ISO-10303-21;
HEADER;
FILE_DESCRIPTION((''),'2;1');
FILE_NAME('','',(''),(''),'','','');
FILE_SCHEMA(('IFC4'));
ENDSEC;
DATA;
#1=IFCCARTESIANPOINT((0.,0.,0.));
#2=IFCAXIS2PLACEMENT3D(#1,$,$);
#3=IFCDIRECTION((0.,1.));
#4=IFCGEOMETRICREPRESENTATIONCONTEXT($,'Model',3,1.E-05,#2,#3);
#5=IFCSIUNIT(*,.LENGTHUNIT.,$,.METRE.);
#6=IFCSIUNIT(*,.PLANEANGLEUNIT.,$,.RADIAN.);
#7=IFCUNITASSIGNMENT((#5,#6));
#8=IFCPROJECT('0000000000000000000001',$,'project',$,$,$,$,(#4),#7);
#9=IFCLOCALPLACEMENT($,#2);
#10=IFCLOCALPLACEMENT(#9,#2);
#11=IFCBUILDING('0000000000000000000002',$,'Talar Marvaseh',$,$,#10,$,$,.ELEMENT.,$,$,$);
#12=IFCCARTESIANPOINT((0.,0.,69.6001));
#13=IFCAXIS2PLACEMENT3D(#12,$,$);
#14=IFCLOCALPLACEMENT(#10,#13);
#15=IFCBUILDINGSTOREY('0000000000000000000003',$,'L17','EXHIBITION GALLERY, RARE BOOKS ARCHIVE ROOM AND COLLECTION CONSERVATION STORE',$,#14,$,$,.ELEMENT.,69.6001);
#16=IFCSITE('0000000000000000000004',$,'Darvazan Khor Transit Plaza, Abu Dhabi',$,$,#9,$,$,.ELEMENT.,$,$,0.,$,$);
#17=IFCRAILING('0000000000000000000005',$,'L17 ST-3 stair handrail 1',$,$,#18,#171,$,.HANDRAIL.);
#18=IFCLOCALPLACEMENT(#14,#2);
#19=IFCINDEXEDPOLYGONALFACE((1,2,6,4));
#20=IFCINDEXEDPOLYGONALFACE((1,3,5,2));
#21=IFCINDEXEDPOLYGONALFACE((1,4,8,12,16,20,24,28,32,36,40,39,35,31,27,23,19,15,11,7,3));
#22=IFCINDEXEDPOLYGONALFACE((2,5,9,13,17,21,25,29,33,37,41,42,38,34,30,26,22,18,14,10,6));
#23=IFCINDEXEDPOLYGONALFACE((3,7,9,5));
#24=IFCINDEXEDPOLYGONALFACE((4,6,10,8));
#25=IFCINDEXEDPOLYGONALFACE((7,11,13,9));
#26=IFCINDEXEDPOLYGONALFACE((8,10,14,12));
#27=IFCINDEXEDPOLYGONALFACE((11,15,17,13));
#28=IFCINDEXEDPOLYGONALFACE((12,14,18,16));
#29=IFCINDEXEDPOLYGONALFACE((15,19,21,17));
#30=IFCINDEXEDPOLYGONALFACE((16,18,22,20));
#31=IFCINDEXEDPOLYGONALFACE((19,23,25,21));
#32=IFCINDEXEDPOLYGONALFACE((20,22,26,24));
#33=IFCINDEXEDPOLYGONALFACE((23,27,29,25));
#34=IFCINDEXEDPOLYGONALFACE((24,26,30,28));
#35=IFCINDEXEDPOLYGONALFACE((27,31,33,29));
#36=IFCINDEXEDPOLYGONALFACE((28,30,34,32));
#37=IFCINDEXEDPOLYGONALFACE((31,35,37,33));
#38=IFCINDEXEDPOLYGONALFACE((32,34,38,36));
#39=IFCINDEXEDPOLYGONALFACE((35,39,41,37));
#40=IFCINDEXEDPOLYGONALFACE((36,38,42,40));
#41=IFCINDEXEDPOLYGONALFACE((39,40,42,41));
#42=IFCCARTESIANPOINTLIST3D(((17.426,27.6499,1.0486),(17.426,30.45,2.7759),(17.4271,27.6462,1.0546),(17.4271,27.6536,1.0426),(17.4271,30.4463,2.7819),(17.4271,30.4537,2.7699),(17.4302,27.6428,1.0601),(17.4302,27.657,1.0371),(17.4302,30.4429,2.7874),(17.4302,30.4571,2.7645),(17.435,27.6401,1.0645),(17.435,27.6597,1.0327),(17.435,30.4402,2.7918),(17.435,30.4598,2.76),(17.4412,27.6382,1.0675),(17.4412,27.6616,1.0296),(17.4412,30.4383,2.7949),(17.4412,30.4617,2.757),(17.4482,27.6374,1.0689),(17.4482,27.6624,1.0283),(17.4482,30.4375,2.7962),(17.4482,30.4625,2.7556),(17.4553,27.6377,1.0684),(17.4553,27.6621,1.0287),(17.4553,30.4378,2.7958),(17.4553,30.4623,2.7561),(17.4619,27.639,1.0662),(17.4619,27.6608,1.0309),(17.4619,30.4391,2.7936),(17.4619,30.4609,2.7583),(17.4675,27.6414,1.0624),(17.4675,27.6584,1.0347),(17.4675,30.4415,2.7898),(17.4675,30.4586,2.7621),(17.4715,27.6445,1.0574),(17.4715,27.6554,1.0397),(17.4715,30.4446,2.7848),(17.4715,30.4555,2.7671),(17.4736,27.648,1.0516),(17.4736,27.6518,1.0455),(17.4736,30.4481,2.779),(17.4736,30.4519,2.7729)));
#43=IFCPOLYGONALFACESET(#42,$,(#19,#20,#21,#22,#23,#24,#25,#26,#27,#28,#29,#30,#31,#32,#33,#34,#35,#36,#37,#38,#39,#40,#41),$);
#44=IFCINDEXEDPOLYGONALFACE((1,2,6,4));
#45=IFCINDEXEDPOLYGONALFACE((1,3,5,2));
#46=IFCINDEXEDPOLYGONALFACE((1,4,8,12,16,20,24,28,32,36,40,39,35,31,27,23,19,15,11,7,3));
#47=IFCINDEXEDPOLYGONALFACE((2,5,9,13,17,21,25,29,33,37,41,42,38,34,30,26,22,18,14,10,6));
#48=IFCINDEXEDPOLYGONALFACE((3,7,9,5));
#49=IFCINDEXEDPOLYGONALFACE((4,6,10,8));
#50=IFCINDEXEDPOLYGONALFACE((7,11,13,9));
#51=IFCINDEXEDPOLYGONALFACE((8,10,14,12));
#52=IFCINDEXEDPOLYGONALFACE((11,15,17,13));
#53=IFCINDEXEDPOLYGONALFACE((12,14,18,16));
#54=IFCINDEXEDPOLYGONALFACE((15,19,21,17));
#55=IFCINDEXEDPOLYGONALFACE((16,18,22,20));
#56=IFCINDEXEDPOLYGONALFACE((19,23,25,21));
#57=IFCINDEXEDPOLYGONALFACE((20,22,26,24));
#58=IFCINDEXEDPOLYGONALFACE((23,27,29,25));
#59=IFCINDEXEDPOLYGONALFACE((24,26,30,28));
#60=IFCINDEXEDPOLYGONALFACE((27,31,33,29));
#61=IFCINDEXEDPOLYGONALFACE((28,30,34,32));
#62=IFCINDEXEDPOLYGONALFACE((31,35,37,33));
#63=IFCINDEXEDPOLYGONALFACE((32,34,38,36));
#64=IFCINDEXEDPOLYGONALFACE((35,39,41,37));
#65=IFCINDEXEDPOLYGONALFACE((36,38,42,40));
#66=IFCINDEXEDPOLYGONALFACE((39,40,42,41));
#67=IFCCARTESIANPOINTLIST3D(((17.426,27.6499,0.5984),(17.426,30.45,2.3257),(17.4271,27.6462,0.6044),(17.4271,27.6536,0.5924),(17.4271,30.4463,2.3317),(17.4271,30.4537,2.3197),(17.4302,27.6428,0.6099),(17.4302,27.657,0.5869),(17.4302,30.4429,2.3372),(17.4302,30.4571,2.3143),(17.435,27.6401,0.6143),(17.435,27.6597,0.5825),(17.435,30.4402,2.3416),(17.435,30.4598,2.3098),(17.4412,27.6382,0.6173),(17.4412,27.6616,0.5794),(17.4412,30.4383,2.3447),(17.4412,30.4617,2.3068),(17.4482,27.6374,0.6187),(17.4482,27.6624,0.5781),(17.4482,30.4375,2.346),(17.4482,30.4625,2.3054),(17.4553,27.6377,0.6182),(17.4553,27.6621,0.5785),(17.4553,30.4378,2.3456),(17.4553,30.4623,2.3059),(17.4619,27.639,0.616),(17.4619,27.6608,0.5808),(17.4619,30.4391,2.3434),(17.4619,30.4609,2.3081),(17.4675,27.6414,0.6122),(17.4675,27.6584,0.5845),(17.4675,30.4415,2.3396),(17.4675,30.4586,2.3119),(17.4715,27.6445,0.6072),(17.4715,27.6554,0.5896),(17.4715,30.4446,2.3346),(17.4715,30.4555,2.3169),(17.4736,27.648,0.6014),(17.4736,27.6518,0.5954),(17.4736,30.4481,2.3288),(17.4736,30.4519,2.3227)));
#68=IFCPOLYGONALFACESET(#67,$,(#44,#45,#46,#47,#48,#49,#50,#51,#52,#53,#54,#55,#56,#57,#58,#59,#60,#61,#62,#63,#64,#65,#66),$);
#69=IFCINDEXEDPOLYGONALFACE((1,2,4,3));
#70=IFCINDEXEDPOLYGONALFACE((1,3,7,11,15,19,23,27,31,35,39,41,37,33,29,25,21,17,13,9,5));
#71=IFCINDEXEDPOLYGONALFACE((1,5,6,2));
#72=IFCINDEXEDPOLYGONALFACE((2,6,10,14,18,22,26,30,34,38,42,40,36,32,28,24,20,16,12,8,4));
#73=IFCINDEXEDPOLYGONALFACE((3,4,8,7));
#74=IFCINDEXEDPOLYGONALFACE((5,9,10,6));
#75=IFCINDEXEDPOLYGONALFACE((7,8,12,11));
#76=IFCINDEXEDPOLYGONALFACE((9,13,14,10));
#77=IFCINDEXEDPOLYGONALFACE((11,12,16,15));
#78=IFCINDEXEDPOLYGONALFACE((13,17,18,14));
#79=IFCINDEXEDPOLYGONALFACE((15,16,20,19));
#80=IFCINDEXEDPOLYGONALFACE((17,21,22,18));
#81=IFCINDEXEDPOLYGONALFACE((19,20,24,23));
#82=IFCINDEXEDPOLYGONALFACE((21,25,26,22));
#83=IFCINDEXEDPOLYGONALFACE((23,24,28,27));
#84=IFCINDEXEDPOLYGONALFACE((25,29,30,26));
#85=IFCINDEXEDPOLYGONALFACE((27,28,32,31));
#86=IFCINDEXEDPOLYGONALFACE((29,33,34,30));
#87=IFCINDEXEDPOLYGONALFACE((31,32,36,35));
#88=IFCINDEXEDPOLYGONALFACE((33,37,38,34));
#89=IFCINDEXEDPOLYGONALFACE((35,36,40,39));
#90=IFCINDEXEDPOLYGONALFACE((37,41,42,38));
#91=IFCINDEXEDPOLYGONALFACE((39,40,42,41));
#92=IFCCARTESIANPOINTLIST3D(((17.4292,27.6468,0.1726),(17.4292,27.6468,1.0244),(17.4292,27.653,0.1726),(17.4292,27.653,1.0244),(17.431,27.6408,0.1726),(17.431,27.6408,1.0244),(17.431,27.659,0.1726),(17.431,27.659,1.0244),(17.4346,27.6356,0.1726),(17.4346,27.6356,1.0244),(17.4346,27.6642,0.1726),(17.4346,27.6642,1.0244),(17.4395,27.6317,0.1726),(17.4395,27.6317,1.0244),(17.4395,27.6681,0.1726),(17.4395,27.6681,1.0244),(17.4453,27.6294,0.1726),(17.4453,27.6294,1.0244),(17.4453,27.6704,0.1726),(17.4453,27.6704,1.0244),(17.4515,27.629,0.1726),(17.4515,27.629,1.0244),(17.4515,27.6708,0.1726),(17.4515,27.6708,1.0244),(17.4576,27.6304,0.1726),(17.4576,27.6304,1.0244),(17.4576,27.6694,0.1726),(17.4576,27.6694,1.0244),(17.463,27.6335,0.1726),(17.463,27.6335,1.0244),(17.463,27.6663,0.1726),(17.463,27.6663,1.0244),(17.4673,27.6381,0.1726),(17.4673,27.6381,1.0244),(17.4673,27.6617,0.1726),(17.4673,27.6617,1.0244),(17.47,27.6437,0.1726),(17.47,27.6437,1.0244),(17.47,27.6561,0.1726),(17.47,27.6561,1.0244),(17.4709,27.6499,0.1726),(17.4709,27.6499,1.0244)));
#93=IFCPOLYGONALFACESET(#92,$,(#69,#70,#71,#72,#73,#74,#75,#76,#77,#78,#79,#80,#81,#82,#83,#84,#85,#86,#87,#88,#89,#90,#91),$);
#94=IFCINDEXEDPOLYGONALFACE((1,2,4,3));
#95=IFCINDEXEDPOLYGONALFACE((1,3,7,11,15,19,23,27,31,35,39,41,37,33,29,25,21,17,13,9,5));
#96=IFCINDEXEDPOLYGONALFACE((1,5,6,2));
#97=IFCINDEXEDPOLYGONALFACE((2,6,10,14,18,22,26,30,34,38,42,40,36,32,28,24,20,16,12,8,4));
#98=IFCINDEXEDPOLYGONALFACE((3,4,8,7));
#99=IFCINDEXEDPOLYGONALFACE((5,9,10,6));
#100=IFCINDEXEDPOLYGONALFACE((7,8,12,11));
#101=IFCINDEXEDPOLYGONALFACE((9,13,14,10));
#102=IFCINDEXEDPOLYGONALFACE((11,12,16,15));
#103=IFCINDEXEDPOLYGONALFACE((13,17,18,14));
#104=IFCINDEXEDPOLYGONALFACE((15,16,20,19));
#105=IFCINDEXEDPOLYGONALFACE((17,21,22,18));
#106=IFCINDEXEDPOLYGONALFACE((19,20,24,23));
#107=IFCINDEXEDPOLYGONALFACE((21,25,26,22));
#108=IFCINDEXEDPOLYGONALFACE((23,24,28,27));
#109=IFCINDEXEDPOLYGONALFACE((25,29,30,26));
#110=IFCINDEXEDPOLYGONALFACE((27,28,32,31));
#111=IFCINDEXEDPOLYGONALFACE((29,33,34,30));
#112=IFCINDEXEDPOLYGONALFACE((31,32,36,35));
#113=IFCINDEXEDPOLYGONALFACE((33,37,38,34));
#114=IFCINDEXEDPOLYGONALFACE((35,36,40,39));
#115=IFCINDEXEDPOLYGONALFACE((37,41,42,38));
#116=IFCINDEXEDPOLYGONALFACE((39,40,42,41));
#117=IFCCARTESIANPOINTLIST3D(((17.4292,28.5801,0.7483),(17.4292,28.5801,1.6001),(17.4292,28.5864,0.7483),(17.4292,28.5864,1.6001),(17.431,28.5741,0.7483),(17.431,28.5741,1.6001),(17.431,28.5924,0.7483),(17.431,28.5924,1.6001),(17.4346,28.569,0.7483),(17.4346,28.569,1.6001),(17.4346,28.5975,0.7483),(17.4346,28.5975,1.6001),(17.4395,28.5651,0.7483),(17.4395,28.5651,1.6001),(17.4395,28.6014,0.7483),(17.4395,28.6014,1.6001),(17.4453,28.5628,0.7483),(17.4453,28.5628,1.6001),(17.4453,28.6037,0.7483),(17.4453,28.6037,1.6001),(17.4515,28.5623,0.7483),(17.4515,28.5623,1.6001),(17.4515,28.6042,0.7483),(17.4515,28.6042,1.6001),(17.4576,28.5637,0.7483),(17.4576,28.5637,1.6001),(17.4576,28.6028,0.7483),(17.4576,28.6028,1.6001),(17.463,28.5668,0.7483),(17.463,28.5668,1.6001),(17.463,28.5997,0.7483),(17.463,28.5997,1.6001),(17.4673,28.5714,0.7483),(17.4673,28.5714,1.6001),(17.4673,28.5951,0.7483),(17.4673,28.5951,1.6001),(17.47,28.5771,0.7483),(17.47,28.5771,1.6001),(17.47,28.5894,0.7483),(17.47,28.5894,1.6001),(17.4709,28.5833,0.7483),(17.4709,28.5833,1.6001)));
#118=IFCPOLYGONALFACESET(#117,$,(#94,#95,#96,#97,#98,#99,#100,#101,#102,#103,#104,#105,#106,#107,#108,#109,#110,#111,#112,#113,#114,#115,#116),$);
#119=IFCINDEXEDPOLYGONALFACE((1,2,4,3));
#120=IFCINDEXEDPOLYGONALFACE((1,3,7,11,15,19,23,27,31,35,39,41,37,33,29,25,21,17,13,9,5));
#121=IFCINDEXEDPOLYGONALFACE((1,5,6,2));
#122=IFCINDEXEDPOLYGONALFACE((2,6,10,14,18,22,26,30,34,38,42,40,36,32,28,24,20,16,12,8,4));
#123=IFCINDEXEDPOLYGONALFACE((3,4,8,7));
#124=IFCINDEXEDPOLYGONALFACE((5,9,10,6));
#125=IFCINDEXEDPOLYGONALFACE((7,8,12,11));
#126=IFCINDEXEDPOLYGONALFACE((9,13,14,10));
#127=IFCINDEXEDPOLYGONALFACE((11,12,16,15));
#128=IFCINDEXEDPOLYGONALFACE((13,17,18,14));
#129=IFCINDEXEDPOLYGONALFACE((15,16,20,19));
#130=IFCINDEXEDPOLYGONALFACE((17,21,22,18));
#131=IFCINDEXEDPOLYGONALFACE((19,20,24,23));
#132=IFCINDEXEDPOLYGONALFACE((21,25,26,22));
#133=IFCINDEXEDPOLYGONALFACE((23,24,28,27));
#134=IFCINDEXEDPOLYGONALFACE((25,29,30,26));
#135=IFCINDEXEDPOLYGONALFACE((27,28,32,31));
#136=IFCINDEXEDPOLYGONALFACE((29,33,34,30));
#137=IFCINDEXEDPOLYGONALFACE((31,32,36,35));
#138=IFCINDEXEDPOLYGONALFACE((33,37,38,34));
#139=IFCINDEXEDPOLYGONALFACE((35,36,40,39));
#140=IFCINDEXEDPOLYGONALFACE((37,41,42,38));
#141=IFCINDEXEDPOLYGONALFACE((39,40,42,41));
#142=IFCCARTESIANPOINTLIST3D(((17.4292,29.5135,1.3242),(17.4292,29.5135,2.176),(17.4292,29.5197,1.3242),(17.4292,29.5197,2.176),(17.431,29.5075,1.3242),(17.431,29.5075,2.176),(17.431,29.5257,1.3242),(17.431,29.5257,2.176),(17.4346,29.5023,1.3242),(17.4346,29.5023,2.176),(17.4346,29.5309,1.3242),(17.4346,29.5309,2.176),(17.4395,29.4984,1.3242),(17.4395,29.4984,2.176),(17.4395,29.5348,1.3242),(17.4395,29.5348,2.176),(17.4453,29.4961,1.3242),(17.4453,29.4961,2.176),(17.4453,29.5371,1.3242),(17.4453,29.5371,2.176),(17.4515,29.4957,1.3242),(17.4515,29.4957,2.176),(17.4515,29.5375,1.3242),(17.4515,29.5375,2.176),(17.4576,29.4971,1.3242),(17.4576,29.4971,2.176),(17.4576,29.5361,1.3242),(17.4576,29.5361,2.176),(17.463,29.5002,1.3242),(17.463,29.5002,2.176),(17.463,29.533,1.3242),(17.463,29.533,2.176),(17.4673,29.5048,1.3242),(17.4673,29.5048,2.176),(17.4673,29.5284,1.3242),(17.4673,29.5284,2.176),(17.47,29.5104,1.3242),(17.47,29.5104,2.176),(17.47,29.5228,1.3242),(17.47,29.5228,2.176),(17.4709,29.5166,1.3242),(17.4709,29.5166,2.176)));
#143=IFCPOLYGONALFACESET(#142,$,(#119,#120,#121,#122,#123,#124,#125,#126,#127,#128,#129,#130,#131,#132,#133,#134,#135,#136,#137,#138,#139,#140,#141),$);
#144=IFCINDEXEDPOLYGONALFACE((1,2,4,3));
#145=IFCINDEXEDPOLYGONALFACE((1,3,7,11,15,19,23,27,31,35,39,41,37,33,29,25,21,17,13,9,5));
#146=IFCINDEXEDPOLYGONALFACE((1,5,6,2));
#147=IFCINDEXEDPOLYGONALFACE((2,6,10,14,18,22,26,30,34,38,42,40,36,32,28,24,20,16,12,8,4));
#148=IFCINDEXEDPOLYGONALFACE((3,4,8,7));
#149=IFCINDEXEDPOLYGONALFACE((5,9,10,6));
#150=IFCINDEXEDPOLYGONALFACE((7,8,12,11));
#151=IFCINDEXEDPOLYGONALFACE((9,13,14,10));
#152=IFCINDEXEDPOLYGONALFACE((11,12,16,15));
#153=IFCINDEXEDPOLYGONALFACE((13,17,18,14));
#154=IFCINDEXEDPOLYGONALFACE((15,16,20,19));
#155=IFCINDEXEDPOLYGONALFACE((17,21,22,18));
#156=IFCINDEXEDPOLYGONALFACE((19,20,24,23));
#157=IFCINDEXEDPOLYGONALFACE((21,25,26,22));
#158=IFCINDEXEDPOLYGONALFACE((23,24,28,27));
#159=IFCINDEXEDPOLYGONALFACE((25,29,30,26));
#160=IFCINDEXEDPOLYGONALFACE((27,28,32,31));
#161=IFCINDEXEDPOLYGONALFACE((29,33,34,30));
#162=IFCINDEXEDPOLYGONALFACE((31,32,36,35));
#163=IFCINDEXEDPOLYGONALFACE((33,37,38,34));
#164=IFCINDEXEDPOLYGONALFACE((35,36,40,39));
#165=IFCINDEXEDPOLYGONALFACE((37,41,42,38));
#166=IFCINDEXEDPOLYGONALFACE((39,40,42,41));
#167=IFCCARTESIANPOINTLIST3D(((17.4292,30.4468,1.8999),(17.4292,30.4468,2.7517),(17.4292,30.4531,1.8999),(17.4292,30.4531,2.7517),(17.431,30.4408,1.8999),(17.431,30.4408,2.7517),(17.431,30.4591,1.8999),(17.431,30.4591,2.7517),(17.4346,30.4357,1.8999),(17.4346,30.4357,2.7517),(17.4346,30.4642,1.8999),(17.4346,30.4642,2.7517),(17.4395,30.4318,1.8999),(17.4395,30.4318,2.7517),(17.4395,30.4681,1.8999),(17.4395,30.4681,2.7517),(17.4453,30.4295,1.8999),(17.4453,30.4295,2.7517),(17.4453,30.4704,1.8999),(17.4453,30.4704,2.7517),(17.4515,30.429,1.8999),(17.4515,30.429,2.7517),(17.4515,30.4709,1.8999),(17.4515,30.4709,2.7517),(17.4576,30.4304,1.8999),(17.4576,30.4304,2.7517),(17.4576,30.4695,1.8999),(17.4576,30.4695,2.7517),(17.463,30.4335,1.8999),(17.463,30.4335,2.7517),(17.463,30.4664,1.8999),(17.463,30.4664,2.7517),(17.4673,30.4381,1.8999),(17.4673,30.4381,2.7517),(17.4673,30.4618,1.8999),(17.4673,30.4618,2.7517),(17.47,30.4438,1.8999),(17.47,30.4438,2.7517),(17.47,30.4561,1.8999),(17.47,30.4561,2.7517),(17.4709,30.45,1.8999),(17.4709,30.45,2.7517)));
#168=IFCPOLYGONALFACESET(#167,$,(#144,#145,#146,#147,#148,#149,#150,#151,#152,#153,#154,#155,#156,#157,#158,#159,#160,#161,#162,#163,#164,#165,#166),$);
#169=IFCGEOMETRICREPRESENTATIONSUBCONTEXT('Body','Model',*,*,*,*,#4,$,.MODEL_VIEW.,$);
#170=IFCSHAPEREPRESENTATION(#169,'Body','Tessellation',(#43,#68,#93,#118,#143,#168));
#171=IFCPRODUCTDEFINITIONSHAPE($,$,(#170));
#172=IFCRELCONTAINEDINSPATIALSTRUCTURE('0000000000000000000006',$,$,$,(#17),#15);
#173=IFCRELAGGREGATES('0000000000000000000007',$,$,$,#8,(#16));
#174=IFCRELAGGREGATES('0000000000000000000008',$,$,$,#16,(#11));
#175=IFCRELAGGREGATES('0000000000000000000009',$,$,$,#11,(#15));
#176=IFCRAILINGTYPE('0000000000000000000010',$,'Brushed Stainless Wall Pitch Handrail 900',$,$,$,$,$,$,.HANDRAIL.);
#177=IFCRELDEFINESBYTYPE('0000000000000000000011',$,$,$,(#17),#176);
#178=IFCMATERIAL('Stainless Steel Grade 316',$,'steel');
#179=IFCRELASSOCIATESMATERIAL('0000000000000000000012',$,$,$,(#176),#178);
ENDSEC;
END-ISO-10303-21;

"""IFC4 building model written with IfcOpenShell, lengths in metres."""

from ifc_helpers import new_model, si_unit, direction, frame, origin, origin_2d, place, context, subcontext, project, spatial, circle, extrude, material, type_object, element, save


model = new_model("IFC4")

# Units and contexts
model_context = context("Model", 3, precision=1e-05, world=origin(), true_north=direction((0.0, 1.0)))
body_context = subcontext(model_context, "Body", "Model", "MODEL_VIEW")
ifc_project = project(units=[si_unit("LENGTHUNIT", "METRE"), si_unit("PLANEANGLEUNIT", "RADIAN")], contexts=[model_context])

# Site, building, storey
site_placement = place(None, origin())
site = spatial("IfcSite", under=ifc_project, at=site_placement, Name="Darvazan Khor Transit Plaza, Abu Dhabi", CompositionType="ELEMENT", RefElevation=0.0)
building_placement = place(site_placement, origin())
building = spatial("IfcBuilding", under=site, at=building_placement, Name="Talar Marvaseh", CompositionType="ELEMENT")
storey_placement = place(building_placement, frame((0.0, 0.0, 69.6001)))
storey = spatial("IfcBuildingStorey", under=building, at=storey_placement, Name="L17", Description="EXHIBITION GALLERY, RARE BOOKS ARCHIVE ROOM AND COLLECTION CONSERVATION STORE", CompositionType="ELEMENT", Elevation=69.6001)

# Railing
ifc_material_1 = material(Name="Stainless Steel Grade 316", Category="steel")
railing_type_1 = type_object("IfcRailingType", Name="Brushed Stainless Wall Pitch Handrail 900", PredefinedType="HANDRAIL", material=ifc_material_1)
railing_1_placement = place(storey_placement, frame((17.45, 27.6499, 0.1726)))
element("IfcRailing", 1, at=railing_1_placement, inside=storey, type_object=railing_type_1, Name="L17 ST-3 stair handrail 1", PredefinedType="HANDRAIL", context=body_context, shape_type="SweptSolid", body=[
    extrude(circle(Radius=0.0239, at=origin_2d()), frame((0.0, 0.0, 0.876), z_axis=(0.0, 0.85109, 0.52502), x_axis=(-1.0, 0.0, 0.0)), (0.0, 0.0, 1.0), 3.29),
    extrude(circle(Radius=0.0239, at=origin_2d()), frame((0.0, 0.0, 0.4258), z_axis=(0.0, 0.85109, 0.52502), x_axis=(-1.0, 0.0, 0.0)), (0.0, 0.0, 1.0), 3.29),
    extrude(circle(Radius=0.021, at=origin_2d()), origin(), (0.0, 0.0, 1.0), 0.8518),
    extrude(circle(Radius=0.021, at=origin_2d()), frame((0.0, 0.9333, 0.5757)), (0.0, 0.0, 1.0), 0.8518),
    extrude(circle(Radius=0.021, at=origin_2d()), frame((0.0, 1.8667, 1.1516)), (0.0, 0.0, 1.0), 0.8518),
    extrude(circle(Radius=0.021, at=origin_2d()), frame((0.0, 2.8, 1.7273)), (0.0, 0.0, 1.0), 0.8518),
])

save(model, "model.ifc")
